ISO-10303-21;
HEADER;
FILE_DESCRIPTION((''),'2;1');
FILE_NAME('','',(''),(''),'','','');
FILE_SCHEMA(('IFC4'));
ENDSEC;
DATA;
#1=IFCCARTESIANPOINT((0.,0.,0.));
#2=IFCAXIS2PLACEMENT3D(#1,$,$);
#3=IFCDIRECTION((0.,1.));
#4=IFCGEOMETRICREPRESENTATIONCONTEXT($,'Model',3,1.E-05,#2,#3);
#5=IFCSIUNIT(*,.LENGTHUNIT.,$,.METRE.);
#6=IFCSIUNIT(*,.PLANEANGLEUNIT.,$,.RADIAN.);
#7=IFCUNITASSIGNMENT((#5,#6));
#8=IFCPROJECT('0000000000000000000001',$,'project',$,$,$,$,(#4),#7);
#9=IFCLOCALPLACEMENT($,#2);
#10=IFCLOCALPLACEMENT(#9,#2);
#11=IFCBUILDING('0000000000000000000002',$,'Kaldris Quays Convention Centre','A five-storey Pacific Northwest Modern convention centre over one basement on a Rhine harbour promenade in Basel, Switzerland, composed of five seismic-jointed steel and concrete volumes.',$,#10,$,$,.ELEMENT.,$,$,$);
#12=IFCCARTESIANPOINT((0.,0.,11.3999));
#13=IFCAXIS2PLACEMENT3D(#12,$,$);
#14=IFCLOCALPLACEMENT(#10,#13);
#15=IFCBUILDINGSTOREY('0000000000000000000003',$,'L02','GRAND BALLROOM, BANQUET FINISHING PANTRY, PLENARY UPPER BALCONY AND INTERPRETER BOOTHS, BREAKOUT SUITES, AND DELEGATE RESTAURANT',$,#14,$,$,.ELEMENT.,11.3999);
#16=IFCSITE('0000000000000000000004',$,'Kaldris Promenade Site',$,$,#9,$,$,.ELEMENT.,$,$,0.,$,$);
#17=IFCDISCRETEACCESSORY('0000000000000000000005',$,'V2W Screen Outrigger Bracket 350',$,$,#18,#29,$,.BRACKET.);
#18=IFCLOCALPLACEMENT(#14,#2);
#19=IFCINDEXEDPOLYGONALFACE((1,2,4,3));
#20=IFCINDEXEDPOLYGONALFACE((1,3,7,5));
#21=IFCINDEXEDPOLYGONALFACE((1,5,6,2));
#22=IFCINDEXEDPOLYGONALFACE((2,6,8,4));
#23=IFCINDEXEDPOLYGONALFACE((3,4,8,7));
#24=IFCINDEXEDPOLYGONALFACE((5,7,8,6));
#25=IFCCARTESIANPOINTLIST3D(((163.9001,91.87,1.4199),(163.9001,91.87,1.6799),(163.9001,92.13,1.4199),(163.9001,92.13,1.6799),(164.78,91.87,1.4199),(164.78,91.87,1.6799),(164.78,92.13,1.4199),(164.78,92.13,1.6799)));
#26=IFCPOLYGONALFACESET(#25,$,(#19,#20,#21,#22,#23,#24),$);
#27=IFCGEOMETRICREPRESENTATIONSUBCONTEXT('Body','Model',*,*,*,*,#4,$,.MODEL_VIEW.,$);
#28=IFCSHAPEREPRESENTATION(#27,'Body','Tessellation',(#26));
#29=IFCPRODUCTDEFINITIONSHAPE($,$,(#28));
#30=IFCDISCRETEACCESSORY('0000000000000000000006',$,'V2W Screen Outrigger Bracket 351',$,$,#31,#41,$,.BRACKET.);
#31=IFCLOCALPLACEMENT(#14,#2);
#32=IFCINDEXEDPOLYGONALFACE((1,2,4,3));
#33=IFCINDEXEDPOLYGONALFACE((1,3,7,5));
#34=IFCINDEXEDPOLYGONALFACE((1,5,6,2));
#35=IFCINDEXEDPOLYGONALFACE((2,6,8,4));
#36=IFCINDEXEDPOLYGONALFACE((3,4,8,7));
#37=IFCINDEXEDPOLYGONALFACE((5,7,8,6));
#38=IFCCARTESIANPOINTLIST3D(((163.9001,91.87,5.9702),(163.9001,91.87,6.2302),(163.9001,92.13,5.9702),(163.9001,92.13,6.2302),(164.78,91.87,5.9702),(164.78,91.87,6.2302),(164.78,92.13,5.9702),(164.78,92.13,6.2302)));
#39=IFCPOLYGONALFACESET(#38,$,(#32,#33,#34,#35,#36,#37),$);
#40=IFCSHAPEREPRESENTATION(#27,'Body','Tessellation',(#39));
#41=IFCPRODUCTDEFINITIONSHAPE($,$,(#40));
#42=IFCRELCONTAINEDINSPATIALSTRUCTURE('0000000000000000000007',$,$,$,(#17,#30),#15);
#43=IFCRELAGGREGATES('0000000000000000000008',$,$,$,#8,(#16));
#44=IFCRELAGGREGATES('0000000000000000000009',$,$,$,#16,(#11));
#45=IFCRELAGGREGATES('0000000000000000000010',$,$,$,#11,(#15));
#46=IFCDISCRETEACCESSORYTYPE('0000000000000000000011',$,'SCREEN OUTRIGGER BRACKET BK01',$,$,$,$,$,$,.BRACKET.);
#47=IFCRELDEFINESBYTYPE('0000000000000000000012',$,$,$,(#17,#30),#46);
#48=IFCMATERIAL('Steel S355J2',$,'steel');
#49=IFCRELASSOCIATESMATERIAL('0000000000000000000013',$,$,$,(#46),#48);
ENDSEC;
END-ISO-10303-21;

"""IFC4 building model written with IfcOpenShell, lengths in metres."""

from ifc_helpers import new_model, si_unit, direction, frame, origin, origin_2d, place, context, subcontext, project, spatial, rectangle, extrude, material, type_object, element, save


model = new_model("IFC4")

# Units and contexts
model_context = context("Model", 3, precision=1e-05, world=origin(), true_north=direction((0.0, 1.0)))
body_context = subcontext(model_context, "Body", "Model", "MODEL_VIEW")
ifc_project = project(units=[si_unit("LENGTHUNIT", "METRE"), si_unit("PLANEANGLEUNIT", "RADIAN")], contexts=[model_context])

# Site, building, storey
site_placement = place(None, origin())
site = spatial("IfcSite", under=ifc_project, at=site_placement, Name="Kaldris Promenade Site", CompositionType="ELEMENT", RefElevation=0.0)
building_placement = place(site_placement, origin())
building = spatial("IfcBuilding", under=site, at=building_placement, Name="Kaldris Quays Convention Centre", Description="A five-storey Pacific Northwest Modern convention centre over one basement on a Rhine harbour promenade in Basel, Switzerland, composed of five seismic-jointed steel and concrete volumes.", CompositionType="ELEMENT")
storey_placement = place(building_placement, frame((0.0, 0.0, 11.3999)))
storey = spatial("IfcBuildingStorey", under=building, at=storey_placement, Name="L02", Description="GRAND BALLROOM, BANQUET FINISHING PANTRY, PLENARY UPPER BALCONY AND INTERPRETER BOOTHS, BREAKOUT SUITES, AND DELEGATE RESTAURANT", CompositionType="ELEMENT", Elevation=11.3999)

# Shared definitions
ifc_material_1 = material(Name="Steel S355J2", Category="steel")

# Discrete accessories
discrete_accessory_type = type_object("IfcDiscreteAccessoryType", Name="SCREEN OUTRIGGER BRACKET BK01", PredefinedType="BRACKET", material=ifc_material_1)
for number, where, z_axis, x_axis, name in (
    (1, (164.3401, 92.0, 1.4199), (0.0, 0.0, 1.0), (0.0, 1.0, 0.0), "V2W Screen Outrigger Bracket 350"),
    (2, (164.3401, 92.0, 5.9702), (0.0, 0.0, 1.0), (0.0, 1.0, 0.0), "V2W Screen Outrigger Bracket 351"),
):
    element("IfcDiscreteAccessory", number, at=place(storey_placement, frame(where, z_axis=z_axis, x_axis=x_axis)), inside=storey, type_object=discrete_accessory_type, Name=name, PredefinedType="BRACKET", context=body_context, shape_type="SweptSolid", body=[
        extrude(rectangle(XDim=0.26, YDim=0.8799, at=origin_2d()), origin(), (0.0, 0.0, 1.0), 0.26),
    ])

save(model, "model.ifc")
